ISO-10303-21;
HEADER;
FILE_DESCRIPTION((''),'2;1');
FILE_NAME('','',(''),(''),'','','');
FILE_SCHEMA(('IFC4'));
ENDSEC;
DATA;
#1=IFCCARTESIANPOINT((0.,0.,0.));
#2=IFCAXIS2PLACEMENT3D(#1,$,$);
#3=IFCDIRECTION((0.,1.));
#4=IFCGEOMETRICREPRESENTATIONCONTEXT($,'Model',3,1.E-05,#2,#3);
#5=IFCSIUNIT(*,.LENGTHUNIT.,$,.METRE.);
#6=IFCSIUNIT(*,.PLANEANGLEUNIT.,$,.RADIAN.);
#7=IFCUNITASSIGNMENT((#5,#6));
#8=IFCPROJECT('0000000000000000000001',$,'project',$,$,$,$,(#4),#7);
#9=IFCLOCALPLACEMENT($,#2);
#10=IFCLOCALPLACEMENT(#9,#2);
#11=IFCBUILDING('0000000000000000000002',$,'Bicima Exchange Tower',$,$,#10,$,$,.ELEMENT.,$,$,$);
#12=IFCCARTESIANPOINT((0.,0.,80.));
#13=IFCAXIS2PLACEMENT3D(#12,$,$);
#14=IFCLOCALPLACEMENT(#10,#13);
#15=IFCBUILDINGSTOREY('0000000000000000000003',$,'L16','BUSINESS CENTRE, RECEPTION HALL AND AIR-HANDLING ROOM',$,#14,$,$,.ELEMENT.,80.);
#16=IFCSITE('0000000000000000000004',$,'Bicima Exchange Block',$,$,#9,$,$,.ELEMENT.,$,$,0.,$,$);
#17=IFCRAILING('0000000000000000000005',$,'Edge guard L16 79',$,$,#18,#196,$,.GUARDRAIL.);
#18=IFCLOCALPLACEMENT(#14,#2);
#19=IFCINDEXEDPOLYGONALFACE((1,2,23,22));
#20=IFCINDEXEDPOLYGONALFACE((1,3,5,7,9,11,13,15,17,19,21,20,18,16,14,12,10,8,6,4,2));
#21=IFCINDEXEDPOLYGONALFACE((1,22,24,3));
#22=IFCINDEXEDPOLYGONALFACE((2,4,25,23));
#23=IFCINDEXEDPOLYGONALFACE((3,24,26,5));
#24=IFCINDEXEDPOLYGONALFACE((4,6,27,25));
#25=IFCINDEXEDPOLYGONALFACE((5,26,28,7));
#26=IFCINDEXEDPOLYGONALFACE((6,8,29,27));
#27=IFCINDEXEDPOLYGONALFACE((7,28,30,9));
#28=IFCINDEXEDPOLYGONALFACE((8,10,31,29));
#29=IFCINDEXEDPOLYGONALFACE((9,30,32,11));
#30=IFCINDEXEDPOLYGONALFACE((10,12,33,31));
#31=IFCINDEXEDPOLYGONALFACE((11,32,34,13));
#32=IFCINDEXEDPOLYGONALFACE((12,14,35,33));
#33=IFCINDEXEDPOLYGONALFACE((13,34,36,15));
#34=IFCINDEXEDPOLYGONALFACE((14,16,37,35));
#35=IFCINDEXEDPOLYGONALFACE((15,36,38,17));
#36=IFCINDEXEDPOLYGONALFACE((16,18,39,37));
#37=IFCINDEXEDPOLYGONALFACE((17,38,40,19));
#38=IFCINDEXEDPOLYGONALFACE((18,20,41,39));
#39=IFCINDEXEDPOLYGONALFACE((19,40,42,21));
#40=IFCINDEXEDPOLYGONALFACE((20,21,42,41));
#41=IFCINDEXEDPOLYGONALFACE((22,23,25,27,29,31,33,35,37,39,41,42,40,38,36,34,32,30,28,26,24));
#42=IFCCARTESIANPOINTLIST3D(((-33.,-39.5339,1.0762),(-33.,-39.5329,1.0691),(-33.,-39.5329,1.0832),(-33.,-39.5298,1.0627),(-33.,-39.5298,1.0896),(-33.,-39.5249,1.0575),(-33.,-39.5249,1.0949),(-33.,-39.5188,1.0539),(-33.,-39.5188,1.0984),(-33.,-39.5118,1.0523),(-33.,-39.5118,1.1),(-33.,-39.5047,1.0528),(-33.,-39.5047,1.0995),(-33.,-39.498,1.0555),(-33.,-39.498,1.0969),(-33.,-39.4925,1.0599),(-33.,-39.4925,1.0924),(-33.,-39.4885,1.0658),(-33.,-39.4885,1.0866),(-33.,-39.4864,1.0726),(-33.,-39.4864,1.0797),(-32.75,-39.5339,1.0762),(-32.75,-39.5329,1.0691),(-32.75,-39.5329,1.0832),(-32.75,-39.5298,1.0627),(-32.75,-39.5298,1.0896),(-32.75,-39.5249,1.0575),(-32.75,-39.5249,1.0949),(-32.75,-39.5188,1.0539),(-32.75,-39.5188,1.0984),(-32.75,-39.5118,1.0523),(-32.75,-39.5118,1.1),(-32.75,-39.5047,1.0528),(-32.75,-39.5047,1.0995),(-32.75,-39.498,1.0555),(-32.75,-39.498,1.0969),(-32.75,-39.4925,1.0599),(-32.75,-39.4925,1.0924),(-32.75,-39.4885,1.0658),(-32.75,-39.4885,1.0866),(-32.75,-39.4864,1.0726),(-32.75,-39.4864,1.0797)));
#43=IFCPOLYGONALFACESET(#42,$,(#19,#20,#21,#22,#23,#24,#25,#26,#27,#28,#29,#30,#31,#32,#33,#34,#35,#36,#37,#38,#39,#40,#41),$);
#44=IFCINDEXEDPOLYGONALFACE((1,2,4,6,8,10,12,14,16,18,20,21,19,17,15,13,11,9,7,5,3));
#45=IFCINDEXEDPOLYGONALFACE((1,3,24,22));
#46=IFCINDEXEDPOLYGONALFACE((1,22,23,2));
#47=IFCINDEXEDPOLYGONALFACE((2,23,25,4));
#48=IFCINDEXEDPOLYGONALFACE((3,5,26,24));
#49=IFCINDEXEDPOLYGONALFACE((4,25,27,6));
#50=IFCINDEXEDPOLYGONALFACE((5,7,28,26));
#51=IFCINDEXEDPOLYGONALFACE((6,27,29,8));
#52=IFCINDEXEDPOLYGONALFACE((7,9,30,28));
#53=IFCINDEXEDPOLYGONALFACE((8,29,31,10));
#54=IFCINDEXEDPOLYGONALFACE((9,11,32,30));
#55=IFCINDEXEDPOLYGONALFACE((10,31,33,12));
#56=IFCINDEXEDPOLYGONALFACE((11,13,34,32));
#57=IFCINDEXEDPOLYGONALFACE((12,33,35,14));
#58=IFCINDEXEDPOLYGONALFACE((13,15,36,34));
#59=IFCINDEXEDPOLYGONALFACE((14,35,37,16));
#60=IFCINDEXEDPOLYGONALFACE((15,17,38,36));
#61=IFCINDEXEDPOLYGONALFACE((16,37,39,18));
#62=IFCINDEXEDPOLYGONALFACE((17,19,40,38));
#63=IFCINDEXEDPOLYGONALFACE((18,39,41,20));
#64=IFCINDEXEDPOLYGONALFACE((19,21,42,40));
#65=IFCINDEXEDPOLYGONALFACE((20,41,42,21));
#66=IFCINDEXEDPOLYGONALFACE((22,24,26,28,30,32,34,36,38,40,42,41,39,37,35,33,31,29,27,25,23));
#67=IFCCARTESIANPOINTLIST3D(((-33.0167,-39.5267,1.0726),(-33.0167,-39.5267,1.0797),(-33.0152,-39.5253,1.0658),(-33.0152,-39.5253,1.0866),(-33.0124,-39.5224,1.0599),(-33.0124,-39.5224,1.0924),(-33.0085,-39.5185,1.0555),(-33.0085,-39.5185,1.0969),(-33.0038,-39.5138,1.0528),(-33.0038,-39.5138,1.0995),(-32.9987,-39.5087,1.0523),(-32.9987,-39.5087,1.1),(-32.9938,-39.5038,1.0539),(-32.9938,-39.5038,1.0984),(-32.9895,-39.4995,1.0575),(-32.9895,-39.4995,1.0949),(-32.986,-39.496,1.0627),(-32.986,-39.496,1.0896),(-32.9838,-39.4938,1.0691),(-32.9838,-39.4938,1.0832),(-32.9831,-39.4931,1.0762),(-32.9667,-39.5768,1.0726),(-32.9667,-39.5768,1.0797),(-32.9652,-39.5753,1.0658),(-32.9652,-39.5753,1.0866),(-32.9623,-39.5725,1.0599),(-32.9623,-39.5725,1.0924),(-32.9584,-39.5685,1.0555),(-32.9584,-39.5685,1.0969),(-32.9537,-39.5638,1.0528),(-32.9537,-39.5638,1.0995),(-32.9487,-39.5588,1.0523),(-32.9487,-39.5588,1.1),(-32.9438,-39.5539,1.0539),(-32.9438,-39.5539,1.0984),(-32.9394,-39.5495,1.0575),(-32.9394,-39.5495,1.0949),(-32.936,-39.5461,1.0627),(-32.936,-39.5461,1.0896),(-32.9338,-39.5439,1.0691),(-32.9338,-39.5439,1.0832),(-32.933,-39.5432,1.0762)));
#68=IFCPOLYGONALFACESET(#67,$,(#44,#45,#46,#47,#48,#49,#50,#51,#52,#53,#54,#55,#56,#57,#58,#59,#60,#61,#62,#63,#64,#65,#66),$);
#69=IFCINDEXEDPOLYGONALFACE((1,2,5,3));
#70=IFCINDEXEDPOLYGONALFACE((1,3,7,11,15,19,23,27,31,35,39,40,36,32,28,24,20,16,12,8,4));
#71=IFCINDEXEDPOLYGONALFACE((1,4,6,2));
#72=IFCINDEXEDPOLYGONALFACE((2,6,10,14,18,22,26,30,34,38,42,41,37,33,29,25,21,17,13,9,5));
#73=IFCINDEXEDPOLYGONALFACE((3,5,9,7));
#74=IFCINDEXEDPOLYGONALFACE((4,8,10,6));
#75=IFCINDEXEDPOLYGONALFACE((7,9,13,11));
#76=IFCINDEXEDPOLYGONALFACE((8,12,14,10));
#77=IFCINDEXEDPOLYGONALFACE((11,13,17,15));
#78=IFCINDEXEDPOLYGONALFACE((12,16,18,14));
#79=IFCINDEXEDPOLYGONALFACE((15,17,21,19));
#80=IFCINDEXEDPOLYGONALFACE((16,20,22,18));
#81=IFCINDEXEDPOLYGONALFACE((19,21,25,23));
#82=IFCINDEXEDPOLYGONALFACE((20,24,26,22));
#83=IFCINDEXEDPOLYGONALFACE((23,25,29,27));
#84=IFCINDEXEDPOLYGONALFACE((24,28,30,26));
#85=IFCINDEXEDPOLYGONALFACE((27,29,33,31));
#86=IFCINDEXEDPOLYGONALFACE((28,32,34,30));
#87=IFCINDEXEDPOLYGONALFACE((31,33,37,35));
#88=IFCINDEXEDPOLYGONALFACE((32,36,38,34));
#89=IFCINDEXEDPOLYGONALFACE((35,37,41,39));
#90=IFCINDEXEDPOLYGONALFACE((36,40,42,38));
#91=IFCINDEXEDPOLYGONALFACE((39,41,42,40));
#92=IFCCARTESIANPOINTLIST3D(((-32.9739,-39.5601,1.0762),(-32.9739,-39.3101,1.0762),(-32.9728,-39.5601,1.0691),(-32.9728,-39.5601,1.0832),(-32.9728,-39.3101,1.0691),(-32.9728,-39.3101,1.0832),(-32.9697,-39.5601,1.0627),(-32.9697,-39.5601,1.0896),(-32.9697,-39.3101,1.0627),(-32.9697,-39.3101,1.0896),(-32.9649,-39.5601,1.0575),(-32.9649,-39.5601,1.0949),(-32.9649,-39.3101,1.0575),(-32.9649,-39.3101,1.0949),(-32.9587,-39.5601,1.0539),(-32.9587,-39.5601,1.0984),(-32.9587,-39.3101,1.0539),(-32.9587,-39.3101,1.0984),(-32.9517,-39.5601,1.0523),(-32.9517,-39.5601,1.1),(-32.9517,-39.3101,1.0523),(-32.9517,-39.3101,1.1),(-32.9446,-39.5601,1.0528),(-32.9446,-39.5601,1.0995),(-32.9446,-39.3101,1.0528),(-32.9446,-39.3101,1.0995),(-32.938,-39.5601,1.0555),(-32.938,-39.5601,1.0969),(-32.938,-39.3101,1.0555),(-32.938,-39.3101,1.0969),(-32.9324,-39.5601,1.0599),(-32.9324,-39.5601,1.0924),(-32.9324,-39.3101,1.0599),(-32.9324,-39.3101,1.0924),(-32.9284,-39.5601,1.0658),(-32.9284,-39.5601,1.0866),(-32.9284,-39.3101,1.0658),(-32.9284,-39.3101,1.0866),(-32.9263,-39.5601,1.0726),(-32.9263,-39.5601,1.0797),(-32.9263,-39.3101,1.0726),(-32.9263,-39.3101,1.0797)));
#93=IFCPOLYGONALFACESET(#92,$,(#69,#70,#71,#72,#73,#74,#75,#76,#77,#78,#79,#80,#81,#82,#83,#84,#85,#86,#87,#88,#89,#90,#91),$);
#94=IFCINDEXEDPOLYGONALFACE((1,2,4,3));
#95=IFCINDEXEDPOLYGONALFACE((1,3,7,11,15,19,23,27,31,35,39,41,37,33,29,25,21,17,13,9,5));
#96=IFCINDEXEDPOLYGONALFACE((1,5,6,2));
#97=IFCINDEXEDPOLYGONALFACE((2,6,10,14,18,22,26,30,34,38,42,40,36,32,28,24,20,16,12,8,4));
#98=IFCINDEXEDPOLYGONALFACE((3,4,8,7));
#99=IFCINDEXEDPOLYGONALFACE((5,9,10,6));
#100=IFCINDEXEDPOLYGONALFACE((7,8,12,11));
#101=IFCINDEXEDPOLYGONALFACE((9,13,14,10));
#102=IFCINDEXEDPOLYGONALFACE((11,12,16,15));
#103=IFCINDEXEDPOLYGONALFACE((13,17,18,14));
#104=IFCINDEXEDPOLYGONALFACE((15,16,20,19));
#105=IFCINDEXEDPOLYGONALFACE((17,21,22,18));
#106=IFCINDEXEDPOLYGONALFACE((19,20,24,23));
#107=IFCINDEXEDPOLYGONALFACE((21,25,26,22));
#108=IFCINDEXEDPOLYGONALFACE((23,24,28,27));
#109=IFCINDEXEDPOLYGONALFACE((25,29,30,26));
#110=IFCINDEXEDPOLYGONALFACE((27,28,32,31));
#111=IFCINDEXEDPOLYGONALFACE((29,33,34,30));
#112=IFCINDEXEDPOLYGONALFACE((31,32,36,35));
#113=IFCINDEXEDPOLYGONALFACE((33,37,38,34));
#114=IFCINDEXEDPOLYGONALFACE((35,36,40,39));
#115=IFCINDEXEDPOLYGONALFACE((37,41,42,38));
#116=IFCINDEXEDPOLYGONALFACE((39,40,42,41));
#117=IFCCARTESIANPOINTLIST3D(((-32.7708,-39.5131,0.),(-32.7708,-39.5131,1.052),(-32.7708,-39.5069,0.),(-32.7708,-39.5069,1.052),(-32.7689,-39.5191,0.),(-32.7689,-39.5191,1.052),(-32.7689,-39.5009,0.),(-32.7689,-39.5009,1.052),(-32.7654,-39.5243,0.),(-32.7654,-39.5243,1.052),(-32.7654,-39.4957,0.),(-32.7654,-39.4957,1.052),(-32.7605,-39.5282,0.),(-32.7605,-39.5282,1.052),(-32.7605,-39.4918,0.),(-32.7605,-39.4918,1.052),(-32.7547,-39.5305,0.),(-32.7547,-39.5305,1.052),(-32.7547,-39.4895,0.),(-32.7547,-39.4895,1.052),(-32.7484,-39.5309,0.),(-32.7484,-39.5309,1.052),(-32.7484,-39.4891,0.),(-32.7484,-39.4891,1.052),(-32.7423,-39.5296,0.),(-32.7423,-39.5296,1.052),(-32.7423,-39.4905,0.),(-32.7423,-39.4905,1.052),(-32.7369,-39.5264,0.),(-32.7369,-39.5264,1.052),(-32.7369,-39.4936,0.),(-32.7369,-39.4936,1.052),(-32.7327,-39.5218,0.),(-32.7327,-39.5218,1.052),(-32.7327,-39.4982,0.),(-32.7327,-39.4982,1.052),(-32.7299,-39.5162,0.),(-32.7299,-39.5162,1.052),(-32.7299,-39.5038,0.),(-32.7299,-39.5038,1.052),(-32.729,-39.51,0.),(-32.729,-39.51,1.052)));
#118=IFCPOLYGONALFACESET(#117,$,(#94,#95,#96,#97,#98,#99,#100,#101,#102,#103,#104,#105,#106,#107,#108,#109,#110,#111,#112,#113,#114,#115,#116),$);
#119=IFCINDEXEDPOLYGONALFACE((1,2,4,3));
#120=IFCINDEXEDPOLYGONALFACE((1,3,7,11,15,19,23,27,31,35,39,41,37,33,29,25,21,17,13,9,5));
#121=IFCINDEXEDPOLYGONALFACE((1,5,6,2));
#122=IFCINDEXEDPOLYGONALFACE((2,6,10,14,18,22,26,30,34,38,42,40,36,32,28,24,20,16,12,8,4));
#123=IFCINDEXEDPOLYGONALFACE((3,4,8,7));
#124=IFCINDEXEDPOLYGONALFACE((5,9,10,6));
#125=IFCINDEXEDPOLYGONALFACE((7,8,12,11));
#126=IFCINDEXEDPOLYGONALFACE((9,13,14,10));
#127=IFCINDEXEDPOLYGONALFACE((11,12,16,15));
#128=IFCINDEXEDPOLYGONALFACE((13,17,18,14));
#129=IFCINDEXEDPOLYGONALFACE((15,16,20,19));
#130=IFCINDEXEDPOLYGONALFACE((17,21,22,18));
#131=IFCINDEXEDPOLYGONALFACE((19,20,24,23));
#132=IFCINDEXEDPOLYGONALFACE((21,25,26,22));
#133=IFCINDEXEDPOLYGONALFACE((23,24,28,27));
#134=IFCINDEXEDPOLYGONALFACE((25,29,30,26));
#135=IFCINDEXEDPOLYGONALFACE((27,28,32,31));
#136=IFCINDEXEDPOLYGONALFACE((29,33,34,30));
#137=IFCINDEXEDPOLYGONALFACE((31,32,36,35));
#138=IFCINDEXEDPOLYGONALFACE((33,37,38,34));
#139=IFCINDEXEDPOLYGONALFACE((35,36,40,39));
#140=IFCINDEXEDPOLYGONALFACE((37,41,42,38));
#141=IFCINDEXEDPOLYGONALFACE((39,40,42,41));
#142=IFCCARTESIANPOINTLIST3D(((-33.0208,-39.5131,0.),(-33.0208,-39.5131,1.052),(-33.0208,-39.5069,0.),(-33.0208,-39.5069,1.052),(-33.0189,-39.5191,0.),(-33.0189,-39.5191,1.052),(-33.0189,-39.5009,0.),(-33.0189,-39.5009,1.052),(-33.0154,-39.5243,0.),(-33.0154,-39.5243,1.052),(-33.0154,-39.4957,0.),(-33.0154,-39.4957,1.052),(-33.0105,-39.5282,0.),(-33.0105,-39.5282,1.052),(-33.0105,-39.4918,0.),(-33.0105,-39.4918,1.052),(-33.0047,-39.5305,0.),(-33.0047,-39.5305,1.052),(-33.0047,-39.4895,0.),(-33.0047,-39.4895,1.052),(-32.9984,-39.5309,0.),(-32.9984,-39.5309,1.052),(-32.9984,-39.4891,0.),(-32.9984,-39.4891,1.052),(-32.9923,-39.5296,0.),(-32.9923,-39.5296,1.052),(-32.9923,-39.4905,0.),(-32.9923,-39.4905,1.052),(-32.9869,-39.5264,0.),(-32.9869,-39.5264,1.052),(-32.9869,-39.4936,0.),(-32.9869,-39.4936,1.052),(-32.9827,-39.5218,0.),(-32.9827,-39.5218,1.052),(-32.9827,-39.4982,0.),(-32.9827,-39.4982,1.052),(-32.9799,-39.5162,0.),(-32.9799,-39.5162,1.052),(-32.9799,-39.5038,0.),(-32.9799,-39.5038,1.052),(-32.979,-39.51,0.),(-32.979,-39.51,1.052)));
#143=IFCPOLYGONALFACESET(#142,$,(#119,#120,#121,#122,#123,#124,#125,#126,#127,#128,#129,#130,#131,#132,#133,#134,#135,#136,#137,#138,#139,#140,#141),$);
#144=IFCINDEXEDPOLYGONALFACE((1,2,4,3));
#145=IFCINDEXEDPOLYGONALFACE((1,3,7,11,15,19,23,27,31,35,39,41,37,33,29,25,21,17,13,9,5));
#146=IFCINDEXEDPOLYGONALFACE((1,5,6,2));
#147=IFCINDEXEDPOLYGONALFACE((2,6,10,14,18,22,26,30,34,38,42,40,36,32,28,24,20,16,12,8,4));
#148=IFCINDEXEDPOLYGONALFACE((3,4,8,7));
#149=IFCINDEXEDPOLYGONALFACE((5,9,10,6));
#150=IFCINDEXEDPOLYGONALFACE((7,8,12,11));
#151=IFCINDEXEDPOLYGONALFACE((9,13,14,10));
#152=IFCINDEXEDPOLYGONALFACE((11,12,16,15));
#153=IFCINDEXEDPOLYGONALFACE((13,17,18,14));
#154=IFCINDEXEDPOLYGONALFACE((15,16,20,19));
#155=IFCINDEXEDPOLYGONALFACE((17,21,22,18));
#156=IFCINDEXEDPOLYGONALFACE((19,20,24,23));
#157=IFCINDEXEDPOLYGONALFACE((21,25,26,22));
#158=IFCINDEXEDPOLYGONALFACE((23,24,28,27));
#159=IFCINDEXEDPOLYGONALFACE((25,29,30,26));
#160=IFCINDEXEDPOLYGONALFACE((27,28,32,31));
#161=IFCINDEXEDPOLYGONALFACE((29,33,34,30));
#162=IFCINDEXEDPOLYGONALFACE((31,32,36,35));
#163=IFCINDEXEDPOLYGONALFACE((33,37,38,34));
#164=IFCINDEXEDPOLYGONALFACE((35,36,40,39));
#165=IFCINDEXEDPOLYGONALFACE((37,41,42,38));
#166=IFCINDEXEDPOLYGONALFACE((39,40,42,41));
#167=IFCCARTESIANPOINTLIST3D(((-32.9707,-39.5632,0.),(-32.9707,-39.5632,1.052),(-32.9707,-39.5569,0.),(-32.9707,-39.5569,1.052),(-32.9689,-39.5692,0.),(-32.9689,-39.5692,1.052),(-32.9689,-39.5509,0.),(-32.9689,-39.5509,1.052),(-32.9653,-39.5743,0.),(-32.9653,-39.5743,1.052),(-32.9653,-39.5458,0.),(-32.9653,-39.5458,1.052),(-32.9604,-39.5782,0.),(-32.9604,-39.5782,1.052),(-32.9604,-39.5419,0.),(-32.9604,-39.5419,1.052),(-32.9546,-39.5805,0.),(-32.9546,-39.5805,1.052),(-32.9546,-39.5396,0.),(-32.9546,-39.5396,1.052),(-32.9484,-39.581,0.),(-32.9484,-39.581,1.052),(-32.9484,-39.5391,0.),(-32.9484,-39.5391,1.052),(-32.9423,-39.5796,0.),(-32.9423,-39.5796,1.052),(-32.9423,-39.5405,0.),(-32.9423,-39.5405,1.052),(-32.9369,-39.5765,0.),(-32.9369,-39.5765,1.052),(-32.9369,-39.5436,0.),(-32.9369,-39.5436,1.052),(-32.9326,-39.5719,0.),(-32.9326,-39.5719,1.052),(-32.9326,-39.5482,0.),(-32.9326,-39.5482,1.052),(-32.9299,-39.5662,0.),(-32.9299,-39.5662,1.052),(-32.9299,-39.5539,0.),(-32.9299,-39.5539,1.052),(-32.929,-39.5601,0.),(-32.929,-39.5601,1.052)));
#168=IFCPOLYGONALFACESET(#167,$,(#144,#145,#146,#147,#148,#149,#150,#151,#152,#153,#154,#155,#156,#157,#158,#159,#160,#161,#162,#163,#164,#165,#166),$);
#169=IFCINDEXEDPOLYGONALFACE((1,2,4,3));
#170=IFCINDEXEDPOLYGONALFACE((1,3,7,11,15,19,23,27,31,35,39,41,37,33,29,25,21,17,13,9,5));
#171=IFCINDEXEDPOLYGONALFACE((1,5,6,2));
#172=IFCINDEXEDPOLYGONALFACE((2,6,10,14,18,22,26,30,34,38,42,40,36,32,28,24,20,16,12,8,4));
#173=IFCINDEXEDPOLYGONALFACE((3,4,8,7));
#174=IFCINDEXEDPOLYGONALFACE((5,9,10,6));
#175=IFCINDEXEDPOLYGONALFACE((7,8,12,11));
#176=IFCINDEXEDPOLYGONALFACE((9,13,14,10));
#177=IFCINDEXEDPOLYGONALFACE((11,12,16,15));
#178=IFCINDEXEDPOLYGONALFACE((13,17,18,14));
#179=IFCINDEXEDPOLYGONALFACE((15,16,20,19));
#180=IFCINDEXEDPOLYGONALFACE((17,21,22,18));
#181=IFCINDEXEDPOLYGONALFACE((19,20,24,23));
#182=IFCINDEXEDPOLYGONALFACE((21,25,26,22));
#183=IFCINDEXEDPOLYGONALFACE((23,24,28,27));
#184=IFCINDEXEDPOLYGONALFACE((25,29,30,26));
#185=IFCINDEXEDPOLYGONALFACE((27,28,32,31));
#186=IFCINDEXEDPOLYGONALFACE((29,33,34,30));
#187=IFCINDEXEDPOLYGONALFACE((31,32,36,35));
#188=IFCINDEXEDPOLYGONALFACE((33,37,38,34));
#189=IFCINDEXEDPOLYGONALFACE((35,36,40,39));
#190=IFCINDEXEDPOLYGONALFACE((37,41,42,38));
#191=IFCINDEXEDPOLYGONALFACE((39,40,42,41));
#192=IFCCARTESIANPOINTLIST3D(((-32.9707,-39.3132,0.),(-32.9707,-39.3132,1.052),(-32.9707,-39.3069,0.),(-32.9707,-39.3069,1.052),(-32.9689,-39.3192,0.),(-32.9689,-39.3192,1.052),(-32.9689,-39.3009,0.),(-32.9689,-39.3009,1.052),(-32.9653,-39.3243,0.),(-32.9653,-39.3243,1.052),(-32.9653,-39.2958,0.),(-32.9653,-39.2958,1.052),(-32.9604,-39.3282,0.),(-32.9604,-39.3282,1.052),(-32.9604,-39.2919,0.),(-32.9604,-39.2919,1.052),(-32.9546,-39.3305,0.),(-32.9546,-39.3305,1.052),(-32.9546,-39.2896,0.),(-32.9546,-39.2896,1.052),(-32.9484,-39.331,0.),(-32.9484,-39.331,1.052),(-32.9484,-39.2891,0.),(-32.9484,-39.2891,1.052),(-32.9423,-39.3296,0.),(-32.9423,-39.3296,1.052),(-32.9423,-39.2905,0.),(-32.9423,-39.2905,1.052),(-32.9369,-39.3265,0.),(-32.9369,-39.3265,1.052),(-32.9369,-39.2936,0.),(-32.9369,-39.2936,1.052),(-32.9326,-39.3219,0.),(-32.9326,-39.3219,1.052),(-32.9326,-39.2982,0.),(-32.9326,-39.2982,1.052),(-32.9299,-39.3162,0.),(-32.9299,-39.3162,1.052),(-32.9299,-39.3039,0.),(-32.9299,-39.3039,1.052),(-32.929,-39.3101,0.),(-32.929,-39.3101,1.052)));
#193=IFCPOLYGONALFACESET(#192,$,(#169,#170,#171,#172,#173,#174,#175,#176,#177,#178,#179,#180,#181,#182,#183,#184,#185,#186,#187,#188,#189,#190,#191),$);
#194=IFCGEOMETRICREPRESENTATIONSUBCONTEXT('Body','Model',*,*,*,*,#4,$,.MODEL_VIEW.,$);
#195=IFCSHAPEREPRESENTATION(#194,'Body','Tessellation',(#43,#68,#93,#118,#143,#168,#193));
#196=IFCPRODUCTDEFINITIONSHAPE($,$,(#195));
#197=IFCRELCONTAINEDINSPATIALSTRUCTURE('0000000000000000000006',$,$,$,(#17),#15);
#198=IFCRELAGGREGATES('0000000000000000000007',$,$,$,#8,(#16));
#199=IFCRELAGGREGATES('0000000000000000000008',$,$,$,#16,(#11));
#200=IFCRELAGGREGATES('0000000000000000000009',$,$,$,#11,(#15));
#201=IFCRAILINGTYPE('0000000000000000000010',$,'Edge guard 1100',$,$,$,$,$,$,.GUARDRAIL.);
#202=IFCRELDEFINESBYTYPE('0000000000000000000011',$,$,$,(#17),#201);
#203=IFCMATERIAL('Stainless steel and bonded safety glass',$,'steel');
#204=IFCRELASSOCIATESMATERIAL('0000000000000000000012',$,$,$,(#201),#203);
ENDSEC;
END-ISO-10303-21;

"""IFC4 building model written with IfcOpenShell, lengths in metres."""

from ifc_helpers import new_model, si_unit, direction, frame, origin, origin_2d, place, context, subcontext, project, spatial, circle, extrude, material, type_object, element, save


model = new_model("IFC4")

# Units and contexts
model_context = context("Model", 3, precision=1e-05, world=origin(), true_north=direction((0.0, 1.0)))
body_context = subcontext(model_context, "Body", "Model", "MODEL_VIEW")
ifc_project = project(units=[si_unit("LENGTHUNIT", "METRE"), si_unit("PLANEANGLEUNIT", "RADIAN")], contexts=[model_context])

# Site, building, storey
site_placement = place(None, origin())
site = spatial("IfcSite", under=ifc_project, at=site_placement, Name="Bicima Exchange Block", CompositionType="ELEMENT", RefElevation=0.0)
building_placement = place(site_placement, origin())
building = spatial("IfcBuilding", under=site, at=building_placement, Name="Bicima Exchange Tower", CompositionType="ELEMENT")
storey_placement = place(building_placement, frame((0.0, 0.0, 80.0)))
storey = spatial("IfcBuildingStorey", under=building, at=storey_placement, Name="L16", Description="BUSINESS CENTRE, RECEPTION HALL AND AIR-HANDLING ROOM", CompositionType="ELEMENT", Elevation=80.0)

# Railing
ifc_material_1 = material(Name="Stainless steel and bonded safety glass", Category="steel")
railing_type = type_object("IfcRailingType", Name="Edge guard 1100", PredefinedType="GUARDRAIL", material=ifc_material_1)
railing_1_placement = place(storey_placement, frame((-32.75, -39.51, 0.0)))
element("IfcRailing", 1, at=railing_1_placement, inside=storey, type_object=railing_type, Name="Edge guard L16 79", PredefinedType="GUARDRAIL", context=body_context, shape_type="SweptSolid", body=[
    extrude(circle(Radius=0.0239, at=origin_2d()), frame((0.0, 0.0, 1.0762), z_axis=(-1.0, 0.0, 0.0), x_axis=(0.0, -1.0, 0.0)), (0.0, 0.0, 1.0), 0.25),
    extrude(circle(Radius=0.0239, at=origin_2d()), frame((-0.25, 0.0, 1.0762), z_axis=(0.707107, -0.707107, 0.0), x_axis=(0.707107, 0.707107, 0.0)), (0.0, 0.0, 1.0), 0.0708),
    extrude(circle(Radius=0.0239, at=origin_2d()), frame((-0.2, -0.05, 1.0762), z_axis=(0.0, 1.0, 0.0), x_axis=(-1.0, 0.0, 0.0)), (0.0, 0.0, 1.0), 0.25),
    extrude(circle(Radius=0.021, at=origin_2d()), origin(), (0.0, 0.0, 1.0), 1.052),
    extrude(circle(Radius=0.021, at=origin_2d()), frame((-0.25, 0.0, 0.0)), (0.0, 0.0, 1.0), 1.052),
    extrude(circle(Radius=0.021, at=origin_2d()), frame((-0.2, -0.05, 0.0)), (0.0, 0.0, 1.0), 1.052),
    extrude(circle(Radius=0.021, at=origin_2d()), frame((-0.2, 0.2, 0.0)), (0.0, 0.0, 1.0), 1.052),
])

save(model, "model.ifc")
